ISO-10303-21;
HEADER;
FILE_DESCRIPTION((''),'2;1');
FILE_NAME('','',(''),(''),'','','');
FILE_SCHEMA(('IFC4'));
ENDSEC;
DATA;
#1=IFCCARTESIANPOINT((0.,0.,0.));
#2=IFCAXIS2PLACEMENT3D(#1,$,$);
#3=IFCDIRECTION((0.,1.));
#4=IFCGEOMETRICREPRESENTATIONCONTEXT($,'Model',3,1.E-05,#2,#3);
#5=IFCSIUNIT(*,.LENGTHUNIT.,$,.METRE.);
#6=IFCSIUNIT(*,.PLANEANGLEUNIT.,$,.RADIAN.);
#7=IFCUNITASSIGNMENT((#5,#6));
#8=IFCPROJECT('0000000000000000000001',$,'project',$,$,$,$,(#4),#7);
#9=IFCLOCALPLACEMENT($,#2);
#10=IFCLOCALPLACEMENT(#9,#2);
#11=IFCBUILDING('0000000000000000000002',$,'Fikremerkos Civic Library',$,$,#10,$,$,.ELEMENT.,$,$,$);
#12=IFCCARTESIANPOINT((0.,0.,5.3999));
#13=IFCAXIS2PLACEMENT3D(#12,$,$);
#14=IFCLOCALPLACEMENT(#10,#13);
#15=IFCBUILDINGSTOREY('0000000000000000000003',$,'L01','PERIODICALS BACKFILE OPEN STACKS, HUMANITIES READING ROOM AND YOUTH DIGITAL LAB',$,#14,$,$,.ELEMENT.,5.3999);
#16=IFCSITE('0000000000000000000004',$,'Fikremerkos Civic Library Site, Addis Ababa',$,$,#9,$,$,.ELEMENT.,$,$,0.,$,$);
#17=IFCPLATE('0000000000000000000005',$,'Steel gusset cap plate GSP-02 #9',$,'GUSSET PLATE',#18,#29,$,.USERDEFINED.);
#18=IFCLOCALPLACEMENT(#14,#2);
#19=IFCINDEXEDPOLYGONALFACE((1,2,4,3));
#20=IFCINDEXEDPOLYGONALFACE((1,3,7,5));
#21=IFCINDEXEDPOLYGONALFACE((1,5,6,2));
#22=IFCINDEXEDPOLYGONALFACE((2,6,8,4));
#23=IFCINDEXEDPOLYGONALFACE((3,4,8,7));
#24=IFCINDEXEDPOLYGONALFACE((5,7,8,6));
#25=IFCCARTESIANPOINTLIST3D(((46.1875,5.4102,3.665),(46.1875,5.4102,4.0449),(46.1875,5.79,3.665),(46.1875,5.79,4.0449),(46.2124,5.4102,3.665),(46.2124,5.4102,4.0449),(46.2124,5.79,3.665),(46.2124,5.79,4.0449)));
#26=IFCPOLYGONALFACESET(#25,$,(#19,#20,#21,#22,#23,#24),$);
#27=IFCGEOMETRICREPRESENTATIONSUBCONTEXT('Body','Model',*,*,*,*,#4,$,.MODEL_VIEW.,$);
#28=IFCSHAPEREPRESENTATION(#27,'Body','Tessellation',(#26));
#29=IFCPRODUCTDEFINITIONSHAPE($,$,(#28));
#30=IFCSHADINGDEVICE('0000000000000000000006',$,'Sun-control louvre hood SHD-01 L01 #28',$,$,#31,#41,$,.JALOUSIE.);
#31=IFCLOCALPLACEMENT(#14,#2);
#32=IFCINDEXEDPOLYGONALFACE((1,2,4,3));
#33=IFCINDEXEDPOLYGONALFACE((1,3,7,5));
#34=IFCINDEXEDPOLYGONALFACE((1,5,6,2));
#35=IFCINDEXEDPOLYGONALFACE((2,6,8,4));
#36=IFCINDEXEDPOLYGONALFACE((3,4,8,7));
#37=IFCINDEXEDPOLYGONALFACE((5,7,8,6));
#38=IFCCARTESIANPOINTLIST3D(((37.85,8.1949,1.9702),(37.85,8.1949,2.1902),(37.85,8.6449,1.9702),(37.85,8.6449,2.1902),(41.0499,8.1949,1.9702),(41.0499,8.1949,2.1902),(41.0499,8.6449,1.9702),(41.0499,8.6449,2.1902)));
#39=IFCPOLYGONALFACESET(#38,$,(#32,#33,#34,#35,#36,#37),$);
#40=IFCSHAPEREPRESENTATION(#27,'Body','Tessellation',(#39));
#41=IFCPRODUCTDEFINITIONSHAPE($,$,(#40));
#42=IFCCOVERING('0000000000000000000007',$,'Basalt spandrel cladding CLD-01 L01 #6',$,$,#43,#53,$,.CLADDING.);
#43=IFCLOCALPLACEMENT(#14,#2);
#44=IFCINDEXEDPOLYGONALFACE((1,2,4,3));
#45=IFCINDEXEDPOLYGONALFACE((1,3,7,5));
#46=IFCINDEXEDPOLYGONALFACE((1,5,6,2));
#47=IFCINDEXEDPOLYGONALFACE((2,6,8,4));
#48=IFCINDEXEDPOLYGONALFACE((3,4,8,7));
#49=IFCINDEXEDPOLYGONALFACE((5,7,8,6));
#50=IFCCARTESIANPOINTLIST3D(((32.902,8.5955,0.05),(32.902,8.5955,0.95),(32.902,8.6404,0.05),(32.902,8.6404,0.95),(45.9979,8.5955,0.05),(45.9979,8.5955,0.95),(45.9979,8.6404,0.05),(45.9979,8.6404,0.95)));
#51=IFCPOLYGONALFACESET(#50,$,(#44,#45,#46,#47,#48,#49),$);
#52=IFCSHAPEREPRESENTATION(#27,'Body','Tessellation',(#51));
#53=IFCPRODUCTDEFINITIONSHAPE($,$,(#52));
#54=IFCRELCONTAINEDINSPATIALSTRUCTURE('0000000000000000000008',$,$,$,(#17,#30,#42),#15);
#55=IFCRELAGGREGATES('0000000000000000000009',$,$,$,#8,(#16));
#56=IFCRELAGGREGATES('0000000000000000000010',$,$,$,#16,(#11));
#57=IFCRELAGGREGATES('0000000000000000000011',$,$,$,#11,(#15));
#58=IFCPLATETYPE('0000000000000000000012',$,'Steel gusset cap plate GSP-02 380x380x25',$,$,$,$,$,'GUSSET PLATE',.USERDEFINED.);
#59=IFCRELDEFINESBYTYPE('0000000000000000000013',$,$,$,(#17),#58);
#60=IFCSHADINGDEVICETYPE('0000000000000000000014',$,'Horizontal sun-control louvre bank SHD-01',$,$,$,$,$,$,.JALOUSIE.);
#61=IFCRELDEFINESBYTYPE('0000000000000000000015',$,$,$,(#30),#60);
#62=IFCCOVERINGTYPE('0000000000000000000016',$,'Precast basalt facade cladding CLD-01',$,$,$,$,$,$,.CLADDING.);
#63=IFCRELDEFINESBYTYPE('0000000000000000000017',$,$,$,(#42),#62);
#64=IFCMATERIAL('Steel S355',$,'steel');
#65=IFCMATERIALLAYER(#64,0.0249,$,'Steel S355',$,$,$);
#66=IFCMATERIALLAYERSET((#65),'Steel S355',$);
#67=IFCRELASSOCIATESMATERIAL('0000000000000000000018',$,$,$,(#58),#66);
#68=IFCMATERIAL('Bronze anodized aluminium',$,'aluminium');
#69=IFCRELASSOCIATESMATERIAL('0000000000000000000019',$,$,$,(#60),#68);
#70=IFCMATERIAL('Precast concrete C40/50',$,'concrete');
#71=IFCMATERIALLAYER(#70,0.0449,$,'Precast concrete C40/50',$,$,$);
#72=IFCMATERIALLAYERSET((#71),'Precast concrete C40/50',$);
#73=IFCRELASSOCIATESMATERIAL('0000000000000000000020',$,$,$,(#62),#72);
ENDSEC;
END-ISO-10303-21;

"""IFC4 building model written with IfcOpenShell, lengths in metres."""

from ifc_helpers import new_model, si_unit, direction, frame, origin, origin_2d, place, context, subcontext, project, spatial, rectangle, extrude, material, layer, layer_set, type_object, element, save


model = new_model("IFC4")

# Units and contexts
model_context = context("Model", 3, precision=1e-05, world=origin(), true_north=direction((0.0, 1.0)))
body_context = subcontext(model_context, "Body", "Model", "MODEL_VIEW")
ifc_project = project(units=[si_unit("LENGTHUNIT", "METRE"), si_unit("PLANEANGLEUNIT", "RADIAN")], contexts=[model_context])

# Site, building, storey
site_placement = place(None, origin())
site = spatial("IfcSite", under=ifc_project, at=site_placement, Name="Fikremerkos Civic Library Site, Addis Ababa", CompositionType="ELEMENT", RefElevation=0.0)
building_placement = place(site_placement, origin())
building = spatial("IfcBuilding", under=site, at=building_placement, Name="Fikremerkos Civic Library", CompositionType="ELEMENT")
storey_placement = place(building_placement, frame((0.0, 0.0, 5.3999)))
storey = spatial("IfcBuildingStorey", under=building, at=storey_placement, Name="L01", Description="PERIODICALS BACKFILE OPEN STACKS, HUMANITIES READING ROOM AND YOUTH DIGITAL LAB", CompositionType="ELEMENT", Elevation=5.3999)

# Shared definitions
ifc_material_1 = material(Name="Steel S355", Category="steel")

# Plate
ifc_layer_1 = layer(ifc_material_1, 0.0249, Name="Steel S355")
ifc_layer_set_1 = layer_set([ifc_layer_1], Name="Steel S355")
plate_type = type_object("IfcPlateType", Name="Steel gusset cap plate GSP-02 380x380x25", ElementType="GUSSET PLATE", PredefinedType="USERDEFINED", material=ifc_layer_set_1)
plate_placement = place(storey_placement, frame((46.2, 5.6001, 3.665), z_axis=(0.0, 0.0, 1.0), x_axis=(1.0, 0.0, 0.0)))
element("IfcPlate", 1, at=plate_placement, inside=storey, type_object=plate_type, Name="Steel gusset cap plate GSP-02 #9", ObjectType="GUSSET PLATE", PredefinedType="USERDEFINED", context=body_context, shape_type="SweptSolid", body=[
    extrude(rectangle(XDim=0.0249, YDim=0.3799, at=origin_2d()), origin(), (0.0, 0.0, 1.0), 0.3799),
])

# Shared definitions
ifc_material_2 = material(Name="Precast concrete C40/50", Category="concrete")

# Shading device
ifc_material_3 = material(Name="Bronze anodized aluminium", Category="aluminium")
shading_device_type = type_object("IfcShadingDeviceType", Name="Horizontal sun-control louvre bank SHD-01", PredefinedType="JALOUSIE", material=ifc_material_3)
shading_device_placement = place(storey_placement, frame((39.45, 8.4199, 1.9702), z_axis=(0.0, 0.0, 1.0), x_axis=(1.0, 0.0, 0.0)))
element("IfcShadingDevice", 2, at=shading_device_placement, inside=storey, type_object=shading_device_type, Name="Sun-control louvre hood SHD-01 L01 #28", PredefinedType="JALOUSIE", context=body_context, shape_type="SweptSolid", body=[
    extrude(rectangle(XDim=3.2, YDim=0.45, at=origin_2d()), origin(), (0.0, 0.0, 1.0), 0.22),
])

# Covering
ifc_layer_2 = layer(ifc_material_2, 0.0449, Name="Precast concrete C40/50")
ifc_layer_set_2 = layer_set([ifc_layer_2], Name="Precast concrete C40/50")
covering_type = type_object("IfcCoveringType", Name="Precast basalt facade cladding CLD-01", PredefinedType="CLADDING", material=ifc_layer_set_2)
covering_placement = place(storey_placement, frame((39.45, 8.6179, 0.05), z_axis=(0.0, 0.0, 1.0), x_axis=(1.0, 0.0, 0.0)))
element("IfcCovering", 3, at=covering_placement, inside=storey, type_object=covering_type, Name="Basalt spandrel cladding CLD-01 L01 #6", PredefinedType="CLADDING", context=body_context, shape_type="SweptSolid", body=[
    extrude(rectangle(XDim=13.0959, YDim=0.0449, at=origin_2d()), origin(), (0.0, 0.0, 1.0), 0.8999),
])

save(model, "model.ifc")
